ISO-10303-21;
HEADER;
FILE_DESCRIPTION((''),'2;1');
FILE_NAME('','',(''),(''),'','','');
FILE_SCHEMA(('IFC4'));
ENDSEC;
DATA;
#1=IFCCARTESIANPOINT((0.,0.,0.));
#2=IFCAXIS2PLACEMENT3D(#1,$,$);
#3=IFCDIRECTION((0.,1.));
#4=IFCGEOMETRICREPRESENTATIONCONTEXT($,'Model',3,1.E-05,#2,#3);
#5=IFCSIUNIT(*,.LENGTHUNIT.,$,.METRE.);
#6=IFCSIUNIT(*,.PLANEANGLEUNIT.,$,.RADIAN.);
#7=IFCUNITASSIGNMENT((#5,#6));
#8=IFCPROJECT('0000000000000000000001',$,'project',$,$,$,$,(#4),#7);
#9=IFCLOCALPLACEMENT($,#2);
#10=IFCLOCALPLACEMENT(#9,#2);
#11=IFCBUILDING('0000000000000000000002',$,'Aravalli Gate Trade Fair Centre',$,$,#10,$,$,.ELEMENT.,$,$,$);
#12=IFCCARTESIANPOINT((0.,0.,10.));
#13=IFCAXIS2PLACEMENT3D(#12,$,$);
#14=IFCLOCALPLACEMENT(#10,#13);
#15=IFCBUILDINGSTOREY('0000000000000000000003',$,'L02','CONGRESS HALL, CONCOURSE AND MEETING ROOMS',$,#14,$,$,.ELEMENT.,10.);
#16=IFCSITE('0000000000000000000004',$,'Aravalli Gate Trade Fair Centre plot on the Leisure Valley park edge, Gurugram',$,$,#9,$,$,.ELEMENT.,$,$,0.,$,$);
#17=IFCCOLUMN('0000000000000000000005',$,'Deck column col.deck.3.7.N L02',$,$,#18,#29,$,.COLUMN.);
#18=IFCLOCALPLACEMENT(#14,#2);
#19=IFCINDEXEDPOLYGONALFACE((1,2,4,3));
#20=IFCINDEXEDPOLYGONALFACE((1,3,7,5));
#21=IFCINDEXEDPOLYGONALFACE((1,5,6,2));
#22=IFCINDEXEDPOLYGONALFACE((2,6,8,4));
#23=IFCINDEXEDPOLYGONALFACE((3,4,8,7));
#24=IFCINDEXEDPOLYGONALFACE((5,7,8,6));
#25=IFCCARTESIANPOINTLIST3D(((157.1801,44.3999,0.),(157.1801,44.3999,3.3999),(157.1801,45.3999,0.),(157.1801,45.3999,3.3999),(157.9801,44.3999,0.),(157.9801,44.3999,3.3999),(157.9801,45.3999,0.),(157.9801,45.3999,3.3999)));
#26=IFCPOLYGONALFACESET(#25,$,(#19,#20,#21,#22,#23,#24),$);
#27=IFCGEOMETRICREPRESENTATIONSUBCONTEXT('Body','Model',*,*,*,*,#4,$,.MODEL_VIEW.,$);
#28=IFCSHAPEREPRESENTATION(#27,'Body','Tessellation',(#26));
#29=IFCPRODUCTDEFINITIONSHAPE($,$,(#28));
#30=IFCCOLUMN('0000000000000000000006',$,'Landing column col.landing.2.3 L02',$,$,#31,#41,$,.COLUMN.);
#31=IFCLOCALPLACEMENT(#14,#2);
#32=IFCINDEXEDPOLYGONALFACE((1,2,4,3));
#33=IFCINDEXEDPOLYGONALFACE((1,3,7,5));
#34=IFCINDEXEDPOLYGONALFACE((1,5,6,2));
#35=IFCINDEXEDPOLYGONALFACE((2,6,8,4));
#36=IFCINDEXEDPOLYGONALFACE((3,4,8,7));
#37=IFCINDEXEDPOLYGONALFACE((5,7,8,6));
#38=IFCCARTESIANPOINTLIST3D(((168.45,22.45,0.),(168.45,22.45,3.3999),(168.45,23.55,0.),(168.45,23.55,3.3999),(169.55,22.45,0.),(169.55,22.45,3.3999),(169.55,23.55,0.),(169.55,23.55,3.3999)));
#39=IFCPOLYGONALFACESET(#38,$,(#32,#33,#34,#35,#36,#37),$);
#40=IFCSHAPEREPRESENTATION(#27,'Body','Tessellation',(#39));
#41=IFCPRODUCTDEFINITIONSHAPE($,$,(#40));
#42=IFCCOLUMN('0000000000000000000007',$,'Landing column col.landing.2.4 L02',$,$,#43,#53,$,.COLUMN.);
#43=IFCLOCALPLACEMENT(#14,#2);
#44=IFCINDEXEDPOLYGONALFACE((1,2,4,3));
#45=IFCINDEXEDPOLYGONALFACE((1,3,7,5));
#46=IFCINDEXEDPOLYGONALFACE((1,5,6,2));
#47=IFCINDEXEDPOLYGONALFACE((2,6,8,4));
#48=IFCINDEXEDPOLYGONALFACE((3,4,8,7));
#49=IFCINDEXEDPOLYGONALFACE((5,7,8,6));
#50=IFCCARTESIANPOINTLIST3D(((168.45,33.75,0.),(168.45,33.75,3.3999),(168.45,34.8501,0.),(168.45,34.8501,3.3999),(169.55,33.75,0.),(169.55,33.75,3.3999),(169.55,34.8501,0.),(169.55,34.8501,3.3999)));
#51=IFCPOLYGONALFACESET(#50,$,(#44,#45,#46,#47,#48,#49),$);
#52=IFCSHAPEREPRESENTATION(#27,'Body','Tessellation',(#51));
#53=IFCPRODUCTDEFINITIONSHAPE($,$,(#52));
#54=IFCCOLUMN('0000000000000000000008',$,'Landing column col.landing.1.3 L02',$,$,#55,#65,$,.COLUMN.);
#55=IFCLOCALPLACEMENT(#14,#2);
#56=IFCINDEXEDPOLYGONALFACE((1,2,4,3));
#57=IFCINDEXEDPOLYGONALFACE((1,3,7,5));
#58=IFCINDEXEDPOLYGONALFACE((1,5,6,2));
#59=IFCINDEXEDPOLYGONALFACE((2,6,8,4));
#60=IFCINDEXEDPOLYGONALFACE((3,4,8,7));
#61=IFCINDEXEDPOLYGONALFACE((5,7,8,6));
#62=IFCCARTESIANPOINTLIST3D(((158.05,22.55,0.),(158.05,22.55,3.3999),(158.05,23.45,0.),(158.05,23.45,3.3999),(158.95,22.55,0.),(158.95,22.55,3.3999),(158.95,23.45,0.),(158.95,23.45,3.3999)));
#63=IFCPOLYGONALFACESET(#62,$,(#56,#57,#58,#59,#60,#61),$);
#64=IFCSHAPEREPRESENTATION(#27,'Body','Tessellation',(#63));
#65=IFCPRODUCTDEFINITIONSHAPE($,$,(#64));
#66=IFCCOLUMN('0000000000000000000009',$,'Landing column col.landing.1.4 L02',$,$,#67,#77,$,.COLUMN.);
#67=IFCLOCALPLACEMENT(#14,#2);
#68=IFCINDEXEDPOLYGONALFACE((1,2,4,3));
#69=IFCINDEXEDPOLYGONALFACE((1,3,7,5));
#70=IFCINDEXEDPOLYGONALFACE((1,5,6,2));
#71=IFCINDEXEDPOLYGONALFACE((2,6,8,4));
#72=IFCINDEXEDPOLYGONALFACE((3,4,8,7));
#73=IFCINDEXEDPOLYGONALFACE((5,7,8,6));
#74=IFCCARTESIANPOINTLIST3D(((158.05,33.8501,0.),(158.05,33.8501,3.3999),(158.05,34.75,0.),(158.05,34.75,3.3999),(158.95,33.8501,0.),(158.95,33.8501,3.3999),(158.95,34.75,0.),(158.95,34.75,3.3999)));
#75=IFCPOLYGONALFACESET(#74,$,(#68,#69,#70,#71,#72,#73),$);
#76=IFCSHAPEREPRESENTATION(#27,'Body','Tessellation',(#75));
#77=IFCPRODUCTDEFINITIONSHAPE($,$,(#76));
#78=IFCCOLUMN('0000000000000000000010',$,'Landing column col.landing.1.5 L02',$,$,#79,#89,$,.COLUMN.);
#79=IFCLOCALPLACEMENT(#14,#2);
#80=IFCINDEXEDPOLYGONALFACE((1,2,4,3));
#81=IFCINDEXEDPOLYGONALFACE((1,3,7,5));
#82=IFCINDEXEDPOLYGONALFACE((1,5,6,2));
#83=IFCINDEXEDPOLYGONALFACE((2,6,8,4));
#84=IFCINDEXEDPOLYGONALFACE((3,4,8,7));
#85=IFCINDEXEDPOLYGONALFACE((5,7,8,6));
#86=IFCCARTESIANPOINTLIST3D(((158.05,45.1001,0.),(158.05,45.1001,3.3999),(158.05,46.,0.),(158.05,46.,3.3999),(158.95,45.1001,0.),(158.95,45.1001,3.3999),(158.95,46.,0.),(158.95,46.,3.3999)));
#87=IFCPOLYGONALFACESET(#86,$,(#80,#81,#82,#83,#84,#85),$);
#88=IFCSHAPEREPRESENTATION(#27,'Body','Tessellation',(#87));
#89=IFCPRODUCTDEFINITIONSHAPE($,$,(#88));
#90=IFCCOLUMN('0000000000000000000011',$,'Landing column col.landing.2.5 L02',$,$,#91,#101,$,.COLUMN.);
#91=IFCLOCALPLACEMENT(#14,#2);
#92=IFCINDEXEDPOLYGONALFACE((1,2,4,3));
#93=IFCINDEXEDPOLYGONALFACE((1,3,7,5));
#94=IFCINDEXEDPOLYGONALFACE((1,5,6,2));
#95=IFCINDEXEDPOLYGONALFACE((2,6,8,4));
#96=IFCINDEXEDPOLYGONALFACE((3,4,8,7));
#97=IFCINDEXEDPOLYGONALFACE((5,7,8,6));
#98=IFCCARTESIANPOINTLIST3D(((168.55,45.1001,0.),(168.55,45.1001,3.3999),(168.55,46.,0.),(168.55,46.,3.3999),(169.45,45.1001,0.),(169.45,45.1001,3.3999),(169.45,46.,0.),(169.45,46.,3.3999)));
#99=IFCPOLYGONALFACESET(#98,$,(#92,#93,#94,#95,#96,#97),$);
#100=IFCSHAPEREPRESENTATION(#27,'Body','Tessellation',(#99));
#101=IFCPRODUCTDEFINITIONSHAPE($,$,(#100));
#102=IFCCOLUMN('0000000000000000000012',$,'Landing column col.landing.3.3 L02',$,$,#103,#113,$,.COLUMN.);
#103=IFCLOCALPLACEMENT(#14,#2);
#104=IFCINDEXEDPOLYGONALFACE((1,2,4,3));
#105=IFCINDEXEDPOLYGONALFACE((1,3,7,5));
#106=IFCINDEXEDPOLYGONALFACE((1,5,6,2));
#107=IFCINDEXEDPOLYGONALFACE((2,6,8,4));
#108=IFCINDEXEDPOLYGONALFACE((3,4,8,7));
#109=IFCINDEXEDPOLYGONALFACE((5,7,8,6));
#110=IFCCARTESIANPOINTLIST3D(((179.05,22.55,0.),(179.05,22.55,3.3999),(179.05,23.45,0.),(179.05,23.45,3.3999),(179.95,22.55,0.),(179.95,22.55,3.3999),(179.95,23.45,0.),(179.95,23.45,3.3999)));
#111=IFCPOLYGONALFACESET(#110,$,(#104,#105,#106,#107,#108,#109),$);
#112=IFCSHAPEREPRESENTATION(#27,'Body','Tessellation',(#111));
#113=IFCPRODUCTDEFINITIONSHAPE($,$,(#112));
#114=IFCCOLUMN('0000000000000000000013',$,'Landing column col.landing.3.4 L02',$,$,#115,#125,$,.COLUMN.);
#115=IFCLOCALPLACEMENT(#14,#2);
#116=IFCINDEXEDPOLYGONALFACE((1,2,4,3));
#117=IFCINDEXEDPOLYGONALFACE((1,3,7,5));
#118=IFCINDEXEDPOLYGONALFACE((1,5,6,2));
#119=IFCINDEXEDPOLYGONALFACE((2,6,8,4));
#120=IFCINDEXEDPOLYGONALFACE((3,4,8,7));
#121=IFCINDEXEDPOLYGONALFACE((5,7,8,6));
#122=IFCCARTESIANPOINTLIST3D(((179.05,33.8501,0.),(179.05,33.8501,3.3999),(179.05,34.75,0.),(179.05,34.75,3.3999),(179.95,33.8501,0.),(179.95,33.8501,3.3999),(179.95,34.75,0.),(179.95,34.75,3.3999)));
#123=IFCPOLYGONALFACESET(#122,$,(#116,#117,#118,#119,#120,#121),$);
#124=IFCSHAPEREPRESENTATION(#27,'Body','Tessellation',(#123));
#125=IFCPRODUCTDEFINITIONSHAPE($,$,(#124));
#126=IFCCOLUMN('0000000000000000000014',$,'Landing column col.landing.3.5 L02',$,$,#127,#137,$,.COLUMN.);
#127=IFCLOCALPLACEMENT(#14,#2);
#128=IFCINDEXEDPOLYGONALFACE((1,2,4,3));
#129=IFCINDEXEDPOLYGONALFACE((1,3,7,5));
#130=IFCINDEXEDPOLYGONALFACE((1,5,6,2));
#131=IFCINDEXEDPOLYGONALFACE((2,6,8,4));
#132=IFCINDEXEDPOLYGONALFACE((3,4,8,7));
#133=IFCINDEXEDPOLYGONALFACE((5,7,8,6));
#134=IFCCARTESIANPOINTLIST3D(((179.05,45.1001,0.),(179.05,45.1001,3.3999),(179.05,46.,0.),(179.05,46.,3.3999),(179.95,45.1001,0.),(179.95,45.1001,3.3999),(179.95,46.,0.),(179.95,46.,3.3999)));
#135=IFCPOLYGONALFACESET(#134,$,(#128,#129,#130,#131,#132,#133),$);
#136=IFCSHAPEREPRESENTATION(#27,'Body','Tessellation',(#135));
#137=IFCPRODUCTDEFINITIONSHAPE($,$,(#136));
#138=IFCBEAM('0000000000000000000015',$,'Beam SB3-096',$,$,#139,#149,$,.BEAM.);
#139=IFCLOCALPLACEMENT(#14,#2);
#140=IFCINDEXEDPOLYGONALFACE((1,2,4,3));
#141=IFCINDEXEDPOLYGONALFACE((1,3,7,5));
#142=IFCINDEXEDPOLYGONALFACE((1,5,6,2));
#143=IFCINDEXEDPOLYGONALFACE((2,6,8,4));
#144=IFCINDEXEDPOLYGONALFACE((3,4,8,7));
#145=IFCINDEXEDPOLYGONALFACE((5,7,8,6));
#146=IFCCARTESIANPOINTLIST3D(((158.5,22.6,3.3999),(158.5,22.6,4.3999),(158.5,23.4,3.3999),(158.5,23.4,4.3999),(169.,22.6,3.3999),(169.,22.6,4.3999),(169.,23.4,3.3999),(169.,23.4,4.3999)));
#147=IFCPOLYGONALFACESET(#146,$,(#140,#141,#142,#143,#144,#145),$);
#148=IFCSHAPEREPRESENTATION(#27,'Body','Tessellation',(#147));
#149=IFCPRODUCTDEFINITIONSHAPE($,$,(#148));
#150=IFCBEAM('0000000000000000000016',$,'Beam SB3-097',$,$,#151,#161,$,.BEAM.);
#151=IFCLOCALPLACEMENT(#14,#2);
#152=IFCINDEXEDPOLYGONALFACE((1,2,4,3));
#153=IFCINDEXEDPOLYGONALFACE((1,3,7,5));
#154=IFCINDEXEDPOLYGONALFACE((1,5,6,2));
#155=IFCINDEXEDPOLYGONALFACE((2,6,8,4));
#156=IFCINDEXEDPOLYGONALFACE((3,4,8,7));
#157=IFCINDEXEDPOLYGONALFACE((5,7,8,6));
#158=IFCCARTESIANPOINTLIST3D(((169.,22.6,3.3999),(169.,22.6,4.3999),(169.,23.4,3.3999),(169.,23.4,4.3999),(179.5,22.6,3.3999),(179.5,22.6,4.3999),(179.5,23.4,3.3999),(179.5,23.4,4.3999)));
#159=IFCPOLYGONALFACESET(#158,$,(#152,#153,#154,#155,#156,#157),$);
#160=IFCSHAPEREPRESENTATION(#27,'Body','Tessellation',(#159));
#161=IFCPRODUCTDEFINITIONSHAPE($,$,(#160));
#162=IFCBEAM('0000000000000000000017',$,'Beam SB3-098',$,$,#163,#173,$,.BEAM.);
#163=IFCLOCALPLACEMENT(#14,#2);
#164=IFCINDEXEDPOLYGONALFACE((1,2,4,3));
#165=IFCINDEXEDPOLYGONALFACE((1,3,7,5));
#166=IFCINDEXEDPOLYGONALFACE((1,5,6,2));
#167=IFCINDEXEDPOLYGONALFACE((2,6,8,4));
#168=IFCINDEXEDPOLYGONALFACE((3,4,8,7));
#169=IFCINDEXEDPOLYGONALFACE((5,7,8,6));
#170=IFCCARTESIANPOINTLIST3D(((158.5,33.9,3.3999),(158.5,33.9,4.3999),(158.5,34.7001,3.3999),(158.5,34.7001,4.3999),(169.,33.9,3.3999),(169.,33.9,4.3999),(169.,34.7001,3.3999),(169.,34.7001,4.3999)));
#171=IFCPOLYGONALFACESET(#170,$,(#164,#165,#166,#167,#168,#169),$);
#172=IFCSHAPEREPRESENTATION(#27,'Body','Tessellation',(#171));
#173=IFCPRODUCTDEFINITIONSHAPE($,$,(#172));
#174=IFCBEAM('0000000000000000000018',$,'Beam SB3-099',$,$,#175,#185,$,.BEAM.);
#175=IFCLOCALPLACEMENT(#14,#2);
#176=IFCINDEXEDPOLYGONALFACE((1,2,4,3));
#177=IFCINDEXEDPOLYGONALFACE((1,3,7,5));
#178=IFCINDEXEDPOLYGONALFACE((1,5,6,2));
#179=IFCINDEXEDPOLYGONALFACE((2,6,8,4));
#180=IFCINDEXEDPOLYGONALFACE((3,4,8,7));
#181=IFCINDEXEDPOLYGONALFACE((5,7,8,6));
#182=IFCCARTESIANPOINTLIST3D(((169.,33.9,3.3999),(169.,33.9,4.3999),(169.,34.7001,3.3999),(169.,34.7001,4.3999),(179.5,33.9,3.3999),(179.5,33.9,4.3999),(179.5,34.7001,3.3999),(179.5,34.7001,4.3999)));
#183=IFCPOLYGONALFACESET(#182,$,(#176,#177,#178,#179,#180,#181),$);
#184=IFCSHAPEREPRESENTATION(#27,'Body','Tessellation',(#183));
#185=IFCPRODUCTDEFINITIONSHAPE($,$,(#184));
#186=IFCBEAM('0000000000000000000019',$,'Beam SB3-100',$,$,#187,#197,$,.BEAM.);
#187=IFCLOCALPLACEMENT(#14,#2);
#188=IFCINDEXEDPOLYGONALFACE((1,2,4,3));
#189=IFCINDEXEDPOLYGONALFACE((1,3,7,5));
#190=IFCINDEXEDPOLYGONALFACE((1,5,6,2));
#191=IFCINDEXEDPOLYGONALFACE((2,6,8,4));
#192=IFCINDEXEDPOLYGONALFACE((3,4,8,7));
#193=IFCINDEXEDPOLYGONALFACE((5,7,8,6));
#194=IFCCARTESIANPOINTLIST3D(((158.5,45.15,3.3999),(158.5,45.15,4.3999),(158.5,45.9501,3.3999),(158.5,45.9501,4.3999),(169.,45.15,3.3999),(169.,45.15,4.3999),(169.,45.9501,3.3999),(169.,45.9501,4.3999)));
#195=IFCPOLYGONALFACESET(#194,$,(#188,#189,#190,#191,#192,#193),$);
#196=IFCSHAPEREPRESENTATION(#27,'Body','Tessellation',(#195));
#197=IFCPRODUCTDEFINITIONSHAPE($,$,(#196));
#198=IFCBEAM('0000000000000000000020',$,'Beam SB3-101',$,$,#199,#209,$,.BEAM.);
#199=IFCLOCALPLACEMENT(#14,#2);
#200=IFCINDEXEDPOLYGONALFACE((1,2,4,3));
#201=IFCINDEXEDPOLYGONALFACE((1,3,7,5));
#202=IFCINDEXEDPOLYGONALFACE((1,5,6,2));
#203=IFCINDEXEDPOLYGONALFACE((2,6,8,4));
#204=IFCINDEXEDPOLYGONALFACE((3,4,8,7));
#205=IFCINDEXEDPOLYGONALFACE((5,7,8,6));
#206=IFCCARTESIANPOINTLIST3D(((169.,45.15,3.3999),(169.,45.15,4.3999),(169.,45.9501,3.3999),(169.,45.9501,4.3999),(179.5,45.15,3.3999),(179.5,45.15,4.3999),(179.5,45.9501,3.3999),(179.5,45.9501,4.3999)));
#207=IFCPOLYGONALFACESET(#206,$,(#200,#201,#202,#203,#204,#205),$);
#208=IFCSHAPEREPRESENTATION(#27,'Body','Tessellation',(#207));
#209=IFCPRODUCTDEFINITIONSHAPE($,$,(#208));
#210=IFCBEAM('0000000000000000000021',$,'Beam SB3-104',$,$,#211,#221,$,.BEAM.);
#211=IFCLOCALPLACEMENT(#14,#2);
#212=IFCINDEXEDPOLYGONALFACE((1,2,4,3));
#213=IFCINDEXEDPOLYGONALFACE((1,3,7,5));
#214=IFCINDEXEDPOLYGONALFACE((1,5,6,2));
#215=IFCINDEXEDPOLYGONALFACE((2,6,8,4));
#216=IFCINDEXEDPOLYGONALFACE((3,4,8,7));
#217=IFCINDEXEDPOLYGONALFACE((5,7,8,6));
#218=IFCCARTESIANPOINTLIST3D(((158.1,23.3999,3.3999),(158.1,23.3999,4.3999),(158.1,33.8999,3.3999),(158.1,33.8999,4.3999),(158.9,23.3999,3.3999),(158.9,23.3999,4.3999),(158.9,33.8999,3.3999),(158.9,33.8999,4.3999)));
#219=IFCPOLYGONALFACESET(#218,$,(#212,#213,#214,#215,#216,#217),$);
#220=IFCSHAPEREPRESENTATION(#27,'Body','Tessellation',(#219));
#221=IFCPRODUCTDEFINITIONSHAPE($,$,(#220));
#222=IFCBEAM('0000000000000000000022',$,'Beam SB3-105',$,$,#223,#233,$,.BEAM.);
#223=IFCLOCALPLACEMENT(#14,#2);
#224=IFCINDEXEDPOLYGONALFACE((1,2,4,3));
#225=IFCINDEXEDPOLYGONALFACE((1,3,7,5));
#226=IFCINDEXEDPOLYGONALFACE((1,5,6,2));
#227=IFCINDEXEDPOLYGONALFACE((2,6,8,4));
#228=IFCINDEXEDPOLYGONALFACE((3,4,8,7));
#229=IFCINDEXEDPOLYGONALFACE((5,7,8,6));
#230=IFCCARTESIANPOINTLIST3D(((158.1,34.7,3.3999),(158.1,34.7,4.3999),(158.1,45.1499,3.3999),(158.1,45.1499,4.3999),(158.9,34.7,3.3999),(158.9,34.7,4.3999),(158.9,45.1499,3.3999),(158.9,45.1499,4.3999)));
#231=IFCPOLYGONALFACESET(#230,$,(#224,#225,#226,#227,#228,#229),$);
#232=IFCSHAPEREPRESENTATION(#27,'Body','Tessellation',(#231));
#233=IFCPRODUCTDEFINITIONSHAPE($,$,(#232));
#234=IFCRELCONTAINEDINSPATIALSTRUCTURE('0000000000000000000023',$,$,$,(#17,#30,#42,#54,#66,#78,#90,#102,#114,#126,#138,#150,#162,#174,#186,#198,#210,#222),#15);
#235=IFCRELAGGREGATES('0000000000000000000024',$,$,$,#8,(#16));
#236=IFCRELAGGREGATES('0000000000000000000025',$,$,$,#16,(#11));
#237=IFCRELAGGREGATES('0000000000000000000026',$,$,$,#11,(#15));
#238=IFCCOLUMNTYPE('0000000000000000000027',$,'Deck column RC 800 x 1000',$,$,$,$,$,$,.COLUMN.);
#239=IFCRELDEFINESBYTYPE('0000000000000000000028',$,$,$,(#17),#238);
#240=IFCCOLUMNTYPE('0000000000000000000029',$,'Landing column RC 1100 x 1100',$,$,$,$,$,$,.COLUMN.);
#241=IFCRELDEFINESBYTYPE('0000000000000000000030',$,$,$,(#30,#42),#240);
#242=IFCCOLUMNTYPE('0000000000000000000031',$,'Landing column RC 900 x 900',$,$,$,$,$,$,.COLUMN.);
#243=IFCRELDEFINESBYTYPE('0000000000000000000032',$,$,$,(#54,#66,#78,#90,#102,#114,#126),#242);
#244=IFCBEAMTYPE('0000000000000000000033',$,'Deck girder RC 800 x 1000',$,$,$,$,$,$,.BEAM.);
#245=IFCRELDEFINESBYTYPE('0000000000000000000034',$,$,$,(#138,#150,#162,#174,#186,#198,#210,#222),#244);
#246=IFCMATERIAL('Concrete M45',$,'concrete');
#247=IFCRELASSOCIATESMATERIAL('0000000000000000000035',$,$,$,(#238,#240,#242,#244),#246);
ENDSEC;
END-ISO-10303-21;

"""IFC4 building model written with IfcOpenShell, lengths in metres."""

from ifc_helpers import new_model, si_unit, direction, frame, origin, origin_2d, place, context, subcontext, project, spatial, rectangle, extrude, material, material_profile, profile_set, type_object, element, save


model = new_model("IFC4")

# Units and contexts
model_context = context("Model", 3, precision=1e-05, world=origin(), true_north=direction((0.0, 1.0)))
body_context = subcontext(model_context, "Body", "Model", "MODEL_VIEW")
ifc_project = project(units=[si_unit("LENGTHUNIT", "METRE"), si_unit("PLANEANGLEUNIT", "RADIAN")], contexts=[model_context])

# Site, building, storey
site_placement = place(None, origin())
site = spatial("IfcSite", under=ifc_project, at=site_placement, Name="Aravalli Gate Trade Fair Centre plot on the Leisure Valley park edge, Gurugram", CompositionType="ELEMENT", RefElevation=0.0)
building_placement = place(site_placement, origin())
building = spatial("IfcBuilding", under=site, at=building_placement, Name="Aravalli Gate Trade Fair Centre", CompositionType="ELEMENT")
storey_placement = place(building_placement, frame((0.0, 0.0, 10.0)))
storey = spatial("IfcBuildingStorey", under=building, at=storey_placement, Name="L02", Description="CONGRESS HALL, CONCOURSE AND MEETING ROOMS", CompositionType="ELEMENT", Elevation=10.0)

# Columns
ifc_material = material(Name="Concrete M45", Category="concrete")
ifc_material_profile_1 = material_profile(ifc_material, rectangle(XDim=0.8, YDim=1.0, at=origin_2d()), Name="Deck column RC 800 x 1000")
ifc_profile_set_1 = profile_set([ifc_material_profile_1], Name="Concrete M45")
column_type_1 = type_object("IfcColumnType", Name="Deck column RC 800 x 1000", PredefinedType="COLUMN", material=ifc_profile_set_1)
column_placement = place(storey_placement, frame((157.5801, 44.8999, 0.0), z_axis=(0.0, 0.0, 1.0), x_axis=(1.0, 0.0, 0.0)))
element("IfcColumn", 1, at=column_placement, inside=storey, type_object=column_type_1, Name="Deck column col.deck.3.7.N L02", PredefinedType="COLUMN", context=body_context, shape_type="SweptSolid", body=[
    extrude(rectangle(XDim=0.8, YDim=1.0, at=origin_2d()), origin(), (0.0, 0.0, 1.0), 3.3999),
])
ifc_material_profile_2 = material_profile(ifc_material, rectangle(XDim=1.1001, YDim=1.1001, at=origin_2d()), Name="Landing column RC 1100 x 1100")
ifc_profile_set_2 = profile_set([ifc_material_profile_2], Name="Concrete M45")
column_type_2 = type_object("IfcColumnType", Name="Landing column RC 1100 x 1100", PredefinedType="COLUMN", material=ifc_profile_set_2)
for number, where, z_axis, x_axis, name in (
    (2, (169.0, 23.0, 0.0), (0.0, 0.0, 1.0), (1.0, 0.0, 0.0), "Landing column col.landing.2.3 L02"),
    (3, (169.0, 34.3, 0.0), (0.0, 0.0, 1.0), (1.0, 0.0, 0.0), "Landing column col.landing.2.4 L02"),
):
    element("IfcColumn", number, at=place(storey_placement, frame(where, z_axis=z_axis, x_axis=x_axis)), inside=storey, type_object=column_type_2, Name=name, PredefinedType="COLUMN", context=body_context, shape_type="SweptSolid", body=[
        extrude(rectangle(XDim=1.1001, YDim=1.1001, at=origin_2d()), origin(), (0.0, 0.0, 1.0), 3.3999),
    ])
ifc_material_profile_3 = material_profile(ifc_material, rectangle(XDim=0.8999, YDim=0.8999, at=origin_2d()), Name="Landing column RC 900 x 900")
ifc_profile_set_3 = profile_set([ifc_material_profile_3], Name="Concrete M45")
column_type_3 = type_object("IfcColumnType", Name="Landing column RC 900 x 900", PredefinedType="COLUMN", material=ifc_profile_set_3)
for number, where, z_axis, x_axis, name in (
    (4, (158.5, 23.0, 0.0), (0.0, 0.0, 1.0), (1.0, 0.0, 0.0), "Landing column col.landing.1.3 L02"),
    (5, (158.5, 34.3, 0.0), (0.0, 0.0, 1.0), (1.0, 0.0, 0.0), "Landing column col.landing.1.4 L02"),
    (6, (158.5, 45.55, 0.0), (0.0, 0.0, 1.0), (1.0, 0.0, 0.0), "Landing column col.landing.1.5 L02"),
    (7, (169.0, 45.55, 0.0), (0.0, 0.0, 1.0), (1.0, 0.0, 0.0), "Landing column col.landing.2.5 L02"),
    (8, (179.5, 23.0, 0.0), (0.0, 0.0, 1.0), (1.0, 0.0, 0.0), "Landing column col.landing.3.3 L02"),
    (9, (179.5, 34.3, 0.0), (0.0, 0.0, 1.0), (1.0, 0.0, 0.0), "Landing column col.landing.3.4 L02"),
    (10, (179.5, 45.55, 0.0), (0.0, 0.0, 1.0), (1.0, 0.0, 0.0), "Landing column col.landing.3.5 L02"),
):
    element("IfcColumn", number, at=place(storey_placement, frame(where, z_axis=z_axis, x_axis=x_axis)), inside=storey, type_object=column_type_3, Name=name, PredefinedType="COLUMN", context=body_context, shape_type="SweptSolid", body=[
        extrude(rectangle(XDim=0.8999, YDim=0.8999, at=origin_2d()), origin(), (0.0, 0.0, 1.0), 3.3999),
    ])

# Beams
ifc_material_profile_4 = material_profile(ifc_material, rectangle(XDim=0.8, YDim=1.0, at=origin_2d()), Name="Deck girder RC 800 x 1000")
ifc_profile_set_4 = profile_set([ifc_material_profile_4], Name="Concrete M45")
beam_type_1 = type_object("IfcBeamType", Name="Deck girder RC 800 x 1000", PredefinedType="BEAM", material=ifc_profile_set_4)
for number, where, z_axis, x_axis, name in (
    (11, (158.5, 23.0, 3.8999), (1.0, 0.0, 0.0), (0.0, 1.0, 0.0), "Beam SB3-096"),
    (12, (169.0, 23.0, 3.8999), (1.0, 0.0, 0.0), (0.0, 1.0, 0.0), "Beam SB3-097"),
    (13, (158.5, 34.3, 3.8999), (1.0, 0.0, 0.0), (0.0, 1.0, 0.0), "Beam SB3-098"),
    (14, (169.0, 34.3, 3.8999), (1.0, 0.0, 0.0), (0.0, 1.0, 0.0), "Beam SB3-099"),
    (15, (158.5, 45.55, 3.8999), (1.0, 0.0, 0.0), (0.0, 1.0, 0.0), "Beam SB3-100"),
    (16, (169.0, 45.55, 3.8999), (1.0, 0.0, 0.0), (0.0, 1.0, 0.0), "Beam SB3-101"),
    (17, (158.5, 23.3999, 3.8999), (0.0, 1.0, 0.0), (-1.0, 0.0, 0.0), "Beam SB3-104"),
):
    element("IfcBeam", number, at=place(storey_placement, frame(where, z_axis=z_axis, x_axis=x_axis)), inside=storey, type_object=beam_type_1, Name=name, PredefinedType="BEAM", context=body_context, shape_type="SweptSolid", body=[
        extrude(rectangle(XDim=0.8, YDim=1.0, at=origin_2d()), origin(), (0.0, 0.0, 1.0), 10.5),
    ])
beam_1_placement = place(storey_placement, frame((158.5, 34.7, 3.8999), z_axis=(0.0, 1.0, 0.0), x_axis=(-1.0, 0.0, 0.0)))
element("IfcBeam", 18, at=beam_1_placement, inside=storey, type_object=beam_type_1, Name="Beam SB3-105", PredefinedType="BEAM", context=body_context, shape_type="SweptSolid", body=[
    extrude(rectangle(XDim=0.8, YDim=1.0, at=origin_2d()), origin(), (0.0, 0.0, 1.0), 10.45),
])

save(model, "model.ifc")
